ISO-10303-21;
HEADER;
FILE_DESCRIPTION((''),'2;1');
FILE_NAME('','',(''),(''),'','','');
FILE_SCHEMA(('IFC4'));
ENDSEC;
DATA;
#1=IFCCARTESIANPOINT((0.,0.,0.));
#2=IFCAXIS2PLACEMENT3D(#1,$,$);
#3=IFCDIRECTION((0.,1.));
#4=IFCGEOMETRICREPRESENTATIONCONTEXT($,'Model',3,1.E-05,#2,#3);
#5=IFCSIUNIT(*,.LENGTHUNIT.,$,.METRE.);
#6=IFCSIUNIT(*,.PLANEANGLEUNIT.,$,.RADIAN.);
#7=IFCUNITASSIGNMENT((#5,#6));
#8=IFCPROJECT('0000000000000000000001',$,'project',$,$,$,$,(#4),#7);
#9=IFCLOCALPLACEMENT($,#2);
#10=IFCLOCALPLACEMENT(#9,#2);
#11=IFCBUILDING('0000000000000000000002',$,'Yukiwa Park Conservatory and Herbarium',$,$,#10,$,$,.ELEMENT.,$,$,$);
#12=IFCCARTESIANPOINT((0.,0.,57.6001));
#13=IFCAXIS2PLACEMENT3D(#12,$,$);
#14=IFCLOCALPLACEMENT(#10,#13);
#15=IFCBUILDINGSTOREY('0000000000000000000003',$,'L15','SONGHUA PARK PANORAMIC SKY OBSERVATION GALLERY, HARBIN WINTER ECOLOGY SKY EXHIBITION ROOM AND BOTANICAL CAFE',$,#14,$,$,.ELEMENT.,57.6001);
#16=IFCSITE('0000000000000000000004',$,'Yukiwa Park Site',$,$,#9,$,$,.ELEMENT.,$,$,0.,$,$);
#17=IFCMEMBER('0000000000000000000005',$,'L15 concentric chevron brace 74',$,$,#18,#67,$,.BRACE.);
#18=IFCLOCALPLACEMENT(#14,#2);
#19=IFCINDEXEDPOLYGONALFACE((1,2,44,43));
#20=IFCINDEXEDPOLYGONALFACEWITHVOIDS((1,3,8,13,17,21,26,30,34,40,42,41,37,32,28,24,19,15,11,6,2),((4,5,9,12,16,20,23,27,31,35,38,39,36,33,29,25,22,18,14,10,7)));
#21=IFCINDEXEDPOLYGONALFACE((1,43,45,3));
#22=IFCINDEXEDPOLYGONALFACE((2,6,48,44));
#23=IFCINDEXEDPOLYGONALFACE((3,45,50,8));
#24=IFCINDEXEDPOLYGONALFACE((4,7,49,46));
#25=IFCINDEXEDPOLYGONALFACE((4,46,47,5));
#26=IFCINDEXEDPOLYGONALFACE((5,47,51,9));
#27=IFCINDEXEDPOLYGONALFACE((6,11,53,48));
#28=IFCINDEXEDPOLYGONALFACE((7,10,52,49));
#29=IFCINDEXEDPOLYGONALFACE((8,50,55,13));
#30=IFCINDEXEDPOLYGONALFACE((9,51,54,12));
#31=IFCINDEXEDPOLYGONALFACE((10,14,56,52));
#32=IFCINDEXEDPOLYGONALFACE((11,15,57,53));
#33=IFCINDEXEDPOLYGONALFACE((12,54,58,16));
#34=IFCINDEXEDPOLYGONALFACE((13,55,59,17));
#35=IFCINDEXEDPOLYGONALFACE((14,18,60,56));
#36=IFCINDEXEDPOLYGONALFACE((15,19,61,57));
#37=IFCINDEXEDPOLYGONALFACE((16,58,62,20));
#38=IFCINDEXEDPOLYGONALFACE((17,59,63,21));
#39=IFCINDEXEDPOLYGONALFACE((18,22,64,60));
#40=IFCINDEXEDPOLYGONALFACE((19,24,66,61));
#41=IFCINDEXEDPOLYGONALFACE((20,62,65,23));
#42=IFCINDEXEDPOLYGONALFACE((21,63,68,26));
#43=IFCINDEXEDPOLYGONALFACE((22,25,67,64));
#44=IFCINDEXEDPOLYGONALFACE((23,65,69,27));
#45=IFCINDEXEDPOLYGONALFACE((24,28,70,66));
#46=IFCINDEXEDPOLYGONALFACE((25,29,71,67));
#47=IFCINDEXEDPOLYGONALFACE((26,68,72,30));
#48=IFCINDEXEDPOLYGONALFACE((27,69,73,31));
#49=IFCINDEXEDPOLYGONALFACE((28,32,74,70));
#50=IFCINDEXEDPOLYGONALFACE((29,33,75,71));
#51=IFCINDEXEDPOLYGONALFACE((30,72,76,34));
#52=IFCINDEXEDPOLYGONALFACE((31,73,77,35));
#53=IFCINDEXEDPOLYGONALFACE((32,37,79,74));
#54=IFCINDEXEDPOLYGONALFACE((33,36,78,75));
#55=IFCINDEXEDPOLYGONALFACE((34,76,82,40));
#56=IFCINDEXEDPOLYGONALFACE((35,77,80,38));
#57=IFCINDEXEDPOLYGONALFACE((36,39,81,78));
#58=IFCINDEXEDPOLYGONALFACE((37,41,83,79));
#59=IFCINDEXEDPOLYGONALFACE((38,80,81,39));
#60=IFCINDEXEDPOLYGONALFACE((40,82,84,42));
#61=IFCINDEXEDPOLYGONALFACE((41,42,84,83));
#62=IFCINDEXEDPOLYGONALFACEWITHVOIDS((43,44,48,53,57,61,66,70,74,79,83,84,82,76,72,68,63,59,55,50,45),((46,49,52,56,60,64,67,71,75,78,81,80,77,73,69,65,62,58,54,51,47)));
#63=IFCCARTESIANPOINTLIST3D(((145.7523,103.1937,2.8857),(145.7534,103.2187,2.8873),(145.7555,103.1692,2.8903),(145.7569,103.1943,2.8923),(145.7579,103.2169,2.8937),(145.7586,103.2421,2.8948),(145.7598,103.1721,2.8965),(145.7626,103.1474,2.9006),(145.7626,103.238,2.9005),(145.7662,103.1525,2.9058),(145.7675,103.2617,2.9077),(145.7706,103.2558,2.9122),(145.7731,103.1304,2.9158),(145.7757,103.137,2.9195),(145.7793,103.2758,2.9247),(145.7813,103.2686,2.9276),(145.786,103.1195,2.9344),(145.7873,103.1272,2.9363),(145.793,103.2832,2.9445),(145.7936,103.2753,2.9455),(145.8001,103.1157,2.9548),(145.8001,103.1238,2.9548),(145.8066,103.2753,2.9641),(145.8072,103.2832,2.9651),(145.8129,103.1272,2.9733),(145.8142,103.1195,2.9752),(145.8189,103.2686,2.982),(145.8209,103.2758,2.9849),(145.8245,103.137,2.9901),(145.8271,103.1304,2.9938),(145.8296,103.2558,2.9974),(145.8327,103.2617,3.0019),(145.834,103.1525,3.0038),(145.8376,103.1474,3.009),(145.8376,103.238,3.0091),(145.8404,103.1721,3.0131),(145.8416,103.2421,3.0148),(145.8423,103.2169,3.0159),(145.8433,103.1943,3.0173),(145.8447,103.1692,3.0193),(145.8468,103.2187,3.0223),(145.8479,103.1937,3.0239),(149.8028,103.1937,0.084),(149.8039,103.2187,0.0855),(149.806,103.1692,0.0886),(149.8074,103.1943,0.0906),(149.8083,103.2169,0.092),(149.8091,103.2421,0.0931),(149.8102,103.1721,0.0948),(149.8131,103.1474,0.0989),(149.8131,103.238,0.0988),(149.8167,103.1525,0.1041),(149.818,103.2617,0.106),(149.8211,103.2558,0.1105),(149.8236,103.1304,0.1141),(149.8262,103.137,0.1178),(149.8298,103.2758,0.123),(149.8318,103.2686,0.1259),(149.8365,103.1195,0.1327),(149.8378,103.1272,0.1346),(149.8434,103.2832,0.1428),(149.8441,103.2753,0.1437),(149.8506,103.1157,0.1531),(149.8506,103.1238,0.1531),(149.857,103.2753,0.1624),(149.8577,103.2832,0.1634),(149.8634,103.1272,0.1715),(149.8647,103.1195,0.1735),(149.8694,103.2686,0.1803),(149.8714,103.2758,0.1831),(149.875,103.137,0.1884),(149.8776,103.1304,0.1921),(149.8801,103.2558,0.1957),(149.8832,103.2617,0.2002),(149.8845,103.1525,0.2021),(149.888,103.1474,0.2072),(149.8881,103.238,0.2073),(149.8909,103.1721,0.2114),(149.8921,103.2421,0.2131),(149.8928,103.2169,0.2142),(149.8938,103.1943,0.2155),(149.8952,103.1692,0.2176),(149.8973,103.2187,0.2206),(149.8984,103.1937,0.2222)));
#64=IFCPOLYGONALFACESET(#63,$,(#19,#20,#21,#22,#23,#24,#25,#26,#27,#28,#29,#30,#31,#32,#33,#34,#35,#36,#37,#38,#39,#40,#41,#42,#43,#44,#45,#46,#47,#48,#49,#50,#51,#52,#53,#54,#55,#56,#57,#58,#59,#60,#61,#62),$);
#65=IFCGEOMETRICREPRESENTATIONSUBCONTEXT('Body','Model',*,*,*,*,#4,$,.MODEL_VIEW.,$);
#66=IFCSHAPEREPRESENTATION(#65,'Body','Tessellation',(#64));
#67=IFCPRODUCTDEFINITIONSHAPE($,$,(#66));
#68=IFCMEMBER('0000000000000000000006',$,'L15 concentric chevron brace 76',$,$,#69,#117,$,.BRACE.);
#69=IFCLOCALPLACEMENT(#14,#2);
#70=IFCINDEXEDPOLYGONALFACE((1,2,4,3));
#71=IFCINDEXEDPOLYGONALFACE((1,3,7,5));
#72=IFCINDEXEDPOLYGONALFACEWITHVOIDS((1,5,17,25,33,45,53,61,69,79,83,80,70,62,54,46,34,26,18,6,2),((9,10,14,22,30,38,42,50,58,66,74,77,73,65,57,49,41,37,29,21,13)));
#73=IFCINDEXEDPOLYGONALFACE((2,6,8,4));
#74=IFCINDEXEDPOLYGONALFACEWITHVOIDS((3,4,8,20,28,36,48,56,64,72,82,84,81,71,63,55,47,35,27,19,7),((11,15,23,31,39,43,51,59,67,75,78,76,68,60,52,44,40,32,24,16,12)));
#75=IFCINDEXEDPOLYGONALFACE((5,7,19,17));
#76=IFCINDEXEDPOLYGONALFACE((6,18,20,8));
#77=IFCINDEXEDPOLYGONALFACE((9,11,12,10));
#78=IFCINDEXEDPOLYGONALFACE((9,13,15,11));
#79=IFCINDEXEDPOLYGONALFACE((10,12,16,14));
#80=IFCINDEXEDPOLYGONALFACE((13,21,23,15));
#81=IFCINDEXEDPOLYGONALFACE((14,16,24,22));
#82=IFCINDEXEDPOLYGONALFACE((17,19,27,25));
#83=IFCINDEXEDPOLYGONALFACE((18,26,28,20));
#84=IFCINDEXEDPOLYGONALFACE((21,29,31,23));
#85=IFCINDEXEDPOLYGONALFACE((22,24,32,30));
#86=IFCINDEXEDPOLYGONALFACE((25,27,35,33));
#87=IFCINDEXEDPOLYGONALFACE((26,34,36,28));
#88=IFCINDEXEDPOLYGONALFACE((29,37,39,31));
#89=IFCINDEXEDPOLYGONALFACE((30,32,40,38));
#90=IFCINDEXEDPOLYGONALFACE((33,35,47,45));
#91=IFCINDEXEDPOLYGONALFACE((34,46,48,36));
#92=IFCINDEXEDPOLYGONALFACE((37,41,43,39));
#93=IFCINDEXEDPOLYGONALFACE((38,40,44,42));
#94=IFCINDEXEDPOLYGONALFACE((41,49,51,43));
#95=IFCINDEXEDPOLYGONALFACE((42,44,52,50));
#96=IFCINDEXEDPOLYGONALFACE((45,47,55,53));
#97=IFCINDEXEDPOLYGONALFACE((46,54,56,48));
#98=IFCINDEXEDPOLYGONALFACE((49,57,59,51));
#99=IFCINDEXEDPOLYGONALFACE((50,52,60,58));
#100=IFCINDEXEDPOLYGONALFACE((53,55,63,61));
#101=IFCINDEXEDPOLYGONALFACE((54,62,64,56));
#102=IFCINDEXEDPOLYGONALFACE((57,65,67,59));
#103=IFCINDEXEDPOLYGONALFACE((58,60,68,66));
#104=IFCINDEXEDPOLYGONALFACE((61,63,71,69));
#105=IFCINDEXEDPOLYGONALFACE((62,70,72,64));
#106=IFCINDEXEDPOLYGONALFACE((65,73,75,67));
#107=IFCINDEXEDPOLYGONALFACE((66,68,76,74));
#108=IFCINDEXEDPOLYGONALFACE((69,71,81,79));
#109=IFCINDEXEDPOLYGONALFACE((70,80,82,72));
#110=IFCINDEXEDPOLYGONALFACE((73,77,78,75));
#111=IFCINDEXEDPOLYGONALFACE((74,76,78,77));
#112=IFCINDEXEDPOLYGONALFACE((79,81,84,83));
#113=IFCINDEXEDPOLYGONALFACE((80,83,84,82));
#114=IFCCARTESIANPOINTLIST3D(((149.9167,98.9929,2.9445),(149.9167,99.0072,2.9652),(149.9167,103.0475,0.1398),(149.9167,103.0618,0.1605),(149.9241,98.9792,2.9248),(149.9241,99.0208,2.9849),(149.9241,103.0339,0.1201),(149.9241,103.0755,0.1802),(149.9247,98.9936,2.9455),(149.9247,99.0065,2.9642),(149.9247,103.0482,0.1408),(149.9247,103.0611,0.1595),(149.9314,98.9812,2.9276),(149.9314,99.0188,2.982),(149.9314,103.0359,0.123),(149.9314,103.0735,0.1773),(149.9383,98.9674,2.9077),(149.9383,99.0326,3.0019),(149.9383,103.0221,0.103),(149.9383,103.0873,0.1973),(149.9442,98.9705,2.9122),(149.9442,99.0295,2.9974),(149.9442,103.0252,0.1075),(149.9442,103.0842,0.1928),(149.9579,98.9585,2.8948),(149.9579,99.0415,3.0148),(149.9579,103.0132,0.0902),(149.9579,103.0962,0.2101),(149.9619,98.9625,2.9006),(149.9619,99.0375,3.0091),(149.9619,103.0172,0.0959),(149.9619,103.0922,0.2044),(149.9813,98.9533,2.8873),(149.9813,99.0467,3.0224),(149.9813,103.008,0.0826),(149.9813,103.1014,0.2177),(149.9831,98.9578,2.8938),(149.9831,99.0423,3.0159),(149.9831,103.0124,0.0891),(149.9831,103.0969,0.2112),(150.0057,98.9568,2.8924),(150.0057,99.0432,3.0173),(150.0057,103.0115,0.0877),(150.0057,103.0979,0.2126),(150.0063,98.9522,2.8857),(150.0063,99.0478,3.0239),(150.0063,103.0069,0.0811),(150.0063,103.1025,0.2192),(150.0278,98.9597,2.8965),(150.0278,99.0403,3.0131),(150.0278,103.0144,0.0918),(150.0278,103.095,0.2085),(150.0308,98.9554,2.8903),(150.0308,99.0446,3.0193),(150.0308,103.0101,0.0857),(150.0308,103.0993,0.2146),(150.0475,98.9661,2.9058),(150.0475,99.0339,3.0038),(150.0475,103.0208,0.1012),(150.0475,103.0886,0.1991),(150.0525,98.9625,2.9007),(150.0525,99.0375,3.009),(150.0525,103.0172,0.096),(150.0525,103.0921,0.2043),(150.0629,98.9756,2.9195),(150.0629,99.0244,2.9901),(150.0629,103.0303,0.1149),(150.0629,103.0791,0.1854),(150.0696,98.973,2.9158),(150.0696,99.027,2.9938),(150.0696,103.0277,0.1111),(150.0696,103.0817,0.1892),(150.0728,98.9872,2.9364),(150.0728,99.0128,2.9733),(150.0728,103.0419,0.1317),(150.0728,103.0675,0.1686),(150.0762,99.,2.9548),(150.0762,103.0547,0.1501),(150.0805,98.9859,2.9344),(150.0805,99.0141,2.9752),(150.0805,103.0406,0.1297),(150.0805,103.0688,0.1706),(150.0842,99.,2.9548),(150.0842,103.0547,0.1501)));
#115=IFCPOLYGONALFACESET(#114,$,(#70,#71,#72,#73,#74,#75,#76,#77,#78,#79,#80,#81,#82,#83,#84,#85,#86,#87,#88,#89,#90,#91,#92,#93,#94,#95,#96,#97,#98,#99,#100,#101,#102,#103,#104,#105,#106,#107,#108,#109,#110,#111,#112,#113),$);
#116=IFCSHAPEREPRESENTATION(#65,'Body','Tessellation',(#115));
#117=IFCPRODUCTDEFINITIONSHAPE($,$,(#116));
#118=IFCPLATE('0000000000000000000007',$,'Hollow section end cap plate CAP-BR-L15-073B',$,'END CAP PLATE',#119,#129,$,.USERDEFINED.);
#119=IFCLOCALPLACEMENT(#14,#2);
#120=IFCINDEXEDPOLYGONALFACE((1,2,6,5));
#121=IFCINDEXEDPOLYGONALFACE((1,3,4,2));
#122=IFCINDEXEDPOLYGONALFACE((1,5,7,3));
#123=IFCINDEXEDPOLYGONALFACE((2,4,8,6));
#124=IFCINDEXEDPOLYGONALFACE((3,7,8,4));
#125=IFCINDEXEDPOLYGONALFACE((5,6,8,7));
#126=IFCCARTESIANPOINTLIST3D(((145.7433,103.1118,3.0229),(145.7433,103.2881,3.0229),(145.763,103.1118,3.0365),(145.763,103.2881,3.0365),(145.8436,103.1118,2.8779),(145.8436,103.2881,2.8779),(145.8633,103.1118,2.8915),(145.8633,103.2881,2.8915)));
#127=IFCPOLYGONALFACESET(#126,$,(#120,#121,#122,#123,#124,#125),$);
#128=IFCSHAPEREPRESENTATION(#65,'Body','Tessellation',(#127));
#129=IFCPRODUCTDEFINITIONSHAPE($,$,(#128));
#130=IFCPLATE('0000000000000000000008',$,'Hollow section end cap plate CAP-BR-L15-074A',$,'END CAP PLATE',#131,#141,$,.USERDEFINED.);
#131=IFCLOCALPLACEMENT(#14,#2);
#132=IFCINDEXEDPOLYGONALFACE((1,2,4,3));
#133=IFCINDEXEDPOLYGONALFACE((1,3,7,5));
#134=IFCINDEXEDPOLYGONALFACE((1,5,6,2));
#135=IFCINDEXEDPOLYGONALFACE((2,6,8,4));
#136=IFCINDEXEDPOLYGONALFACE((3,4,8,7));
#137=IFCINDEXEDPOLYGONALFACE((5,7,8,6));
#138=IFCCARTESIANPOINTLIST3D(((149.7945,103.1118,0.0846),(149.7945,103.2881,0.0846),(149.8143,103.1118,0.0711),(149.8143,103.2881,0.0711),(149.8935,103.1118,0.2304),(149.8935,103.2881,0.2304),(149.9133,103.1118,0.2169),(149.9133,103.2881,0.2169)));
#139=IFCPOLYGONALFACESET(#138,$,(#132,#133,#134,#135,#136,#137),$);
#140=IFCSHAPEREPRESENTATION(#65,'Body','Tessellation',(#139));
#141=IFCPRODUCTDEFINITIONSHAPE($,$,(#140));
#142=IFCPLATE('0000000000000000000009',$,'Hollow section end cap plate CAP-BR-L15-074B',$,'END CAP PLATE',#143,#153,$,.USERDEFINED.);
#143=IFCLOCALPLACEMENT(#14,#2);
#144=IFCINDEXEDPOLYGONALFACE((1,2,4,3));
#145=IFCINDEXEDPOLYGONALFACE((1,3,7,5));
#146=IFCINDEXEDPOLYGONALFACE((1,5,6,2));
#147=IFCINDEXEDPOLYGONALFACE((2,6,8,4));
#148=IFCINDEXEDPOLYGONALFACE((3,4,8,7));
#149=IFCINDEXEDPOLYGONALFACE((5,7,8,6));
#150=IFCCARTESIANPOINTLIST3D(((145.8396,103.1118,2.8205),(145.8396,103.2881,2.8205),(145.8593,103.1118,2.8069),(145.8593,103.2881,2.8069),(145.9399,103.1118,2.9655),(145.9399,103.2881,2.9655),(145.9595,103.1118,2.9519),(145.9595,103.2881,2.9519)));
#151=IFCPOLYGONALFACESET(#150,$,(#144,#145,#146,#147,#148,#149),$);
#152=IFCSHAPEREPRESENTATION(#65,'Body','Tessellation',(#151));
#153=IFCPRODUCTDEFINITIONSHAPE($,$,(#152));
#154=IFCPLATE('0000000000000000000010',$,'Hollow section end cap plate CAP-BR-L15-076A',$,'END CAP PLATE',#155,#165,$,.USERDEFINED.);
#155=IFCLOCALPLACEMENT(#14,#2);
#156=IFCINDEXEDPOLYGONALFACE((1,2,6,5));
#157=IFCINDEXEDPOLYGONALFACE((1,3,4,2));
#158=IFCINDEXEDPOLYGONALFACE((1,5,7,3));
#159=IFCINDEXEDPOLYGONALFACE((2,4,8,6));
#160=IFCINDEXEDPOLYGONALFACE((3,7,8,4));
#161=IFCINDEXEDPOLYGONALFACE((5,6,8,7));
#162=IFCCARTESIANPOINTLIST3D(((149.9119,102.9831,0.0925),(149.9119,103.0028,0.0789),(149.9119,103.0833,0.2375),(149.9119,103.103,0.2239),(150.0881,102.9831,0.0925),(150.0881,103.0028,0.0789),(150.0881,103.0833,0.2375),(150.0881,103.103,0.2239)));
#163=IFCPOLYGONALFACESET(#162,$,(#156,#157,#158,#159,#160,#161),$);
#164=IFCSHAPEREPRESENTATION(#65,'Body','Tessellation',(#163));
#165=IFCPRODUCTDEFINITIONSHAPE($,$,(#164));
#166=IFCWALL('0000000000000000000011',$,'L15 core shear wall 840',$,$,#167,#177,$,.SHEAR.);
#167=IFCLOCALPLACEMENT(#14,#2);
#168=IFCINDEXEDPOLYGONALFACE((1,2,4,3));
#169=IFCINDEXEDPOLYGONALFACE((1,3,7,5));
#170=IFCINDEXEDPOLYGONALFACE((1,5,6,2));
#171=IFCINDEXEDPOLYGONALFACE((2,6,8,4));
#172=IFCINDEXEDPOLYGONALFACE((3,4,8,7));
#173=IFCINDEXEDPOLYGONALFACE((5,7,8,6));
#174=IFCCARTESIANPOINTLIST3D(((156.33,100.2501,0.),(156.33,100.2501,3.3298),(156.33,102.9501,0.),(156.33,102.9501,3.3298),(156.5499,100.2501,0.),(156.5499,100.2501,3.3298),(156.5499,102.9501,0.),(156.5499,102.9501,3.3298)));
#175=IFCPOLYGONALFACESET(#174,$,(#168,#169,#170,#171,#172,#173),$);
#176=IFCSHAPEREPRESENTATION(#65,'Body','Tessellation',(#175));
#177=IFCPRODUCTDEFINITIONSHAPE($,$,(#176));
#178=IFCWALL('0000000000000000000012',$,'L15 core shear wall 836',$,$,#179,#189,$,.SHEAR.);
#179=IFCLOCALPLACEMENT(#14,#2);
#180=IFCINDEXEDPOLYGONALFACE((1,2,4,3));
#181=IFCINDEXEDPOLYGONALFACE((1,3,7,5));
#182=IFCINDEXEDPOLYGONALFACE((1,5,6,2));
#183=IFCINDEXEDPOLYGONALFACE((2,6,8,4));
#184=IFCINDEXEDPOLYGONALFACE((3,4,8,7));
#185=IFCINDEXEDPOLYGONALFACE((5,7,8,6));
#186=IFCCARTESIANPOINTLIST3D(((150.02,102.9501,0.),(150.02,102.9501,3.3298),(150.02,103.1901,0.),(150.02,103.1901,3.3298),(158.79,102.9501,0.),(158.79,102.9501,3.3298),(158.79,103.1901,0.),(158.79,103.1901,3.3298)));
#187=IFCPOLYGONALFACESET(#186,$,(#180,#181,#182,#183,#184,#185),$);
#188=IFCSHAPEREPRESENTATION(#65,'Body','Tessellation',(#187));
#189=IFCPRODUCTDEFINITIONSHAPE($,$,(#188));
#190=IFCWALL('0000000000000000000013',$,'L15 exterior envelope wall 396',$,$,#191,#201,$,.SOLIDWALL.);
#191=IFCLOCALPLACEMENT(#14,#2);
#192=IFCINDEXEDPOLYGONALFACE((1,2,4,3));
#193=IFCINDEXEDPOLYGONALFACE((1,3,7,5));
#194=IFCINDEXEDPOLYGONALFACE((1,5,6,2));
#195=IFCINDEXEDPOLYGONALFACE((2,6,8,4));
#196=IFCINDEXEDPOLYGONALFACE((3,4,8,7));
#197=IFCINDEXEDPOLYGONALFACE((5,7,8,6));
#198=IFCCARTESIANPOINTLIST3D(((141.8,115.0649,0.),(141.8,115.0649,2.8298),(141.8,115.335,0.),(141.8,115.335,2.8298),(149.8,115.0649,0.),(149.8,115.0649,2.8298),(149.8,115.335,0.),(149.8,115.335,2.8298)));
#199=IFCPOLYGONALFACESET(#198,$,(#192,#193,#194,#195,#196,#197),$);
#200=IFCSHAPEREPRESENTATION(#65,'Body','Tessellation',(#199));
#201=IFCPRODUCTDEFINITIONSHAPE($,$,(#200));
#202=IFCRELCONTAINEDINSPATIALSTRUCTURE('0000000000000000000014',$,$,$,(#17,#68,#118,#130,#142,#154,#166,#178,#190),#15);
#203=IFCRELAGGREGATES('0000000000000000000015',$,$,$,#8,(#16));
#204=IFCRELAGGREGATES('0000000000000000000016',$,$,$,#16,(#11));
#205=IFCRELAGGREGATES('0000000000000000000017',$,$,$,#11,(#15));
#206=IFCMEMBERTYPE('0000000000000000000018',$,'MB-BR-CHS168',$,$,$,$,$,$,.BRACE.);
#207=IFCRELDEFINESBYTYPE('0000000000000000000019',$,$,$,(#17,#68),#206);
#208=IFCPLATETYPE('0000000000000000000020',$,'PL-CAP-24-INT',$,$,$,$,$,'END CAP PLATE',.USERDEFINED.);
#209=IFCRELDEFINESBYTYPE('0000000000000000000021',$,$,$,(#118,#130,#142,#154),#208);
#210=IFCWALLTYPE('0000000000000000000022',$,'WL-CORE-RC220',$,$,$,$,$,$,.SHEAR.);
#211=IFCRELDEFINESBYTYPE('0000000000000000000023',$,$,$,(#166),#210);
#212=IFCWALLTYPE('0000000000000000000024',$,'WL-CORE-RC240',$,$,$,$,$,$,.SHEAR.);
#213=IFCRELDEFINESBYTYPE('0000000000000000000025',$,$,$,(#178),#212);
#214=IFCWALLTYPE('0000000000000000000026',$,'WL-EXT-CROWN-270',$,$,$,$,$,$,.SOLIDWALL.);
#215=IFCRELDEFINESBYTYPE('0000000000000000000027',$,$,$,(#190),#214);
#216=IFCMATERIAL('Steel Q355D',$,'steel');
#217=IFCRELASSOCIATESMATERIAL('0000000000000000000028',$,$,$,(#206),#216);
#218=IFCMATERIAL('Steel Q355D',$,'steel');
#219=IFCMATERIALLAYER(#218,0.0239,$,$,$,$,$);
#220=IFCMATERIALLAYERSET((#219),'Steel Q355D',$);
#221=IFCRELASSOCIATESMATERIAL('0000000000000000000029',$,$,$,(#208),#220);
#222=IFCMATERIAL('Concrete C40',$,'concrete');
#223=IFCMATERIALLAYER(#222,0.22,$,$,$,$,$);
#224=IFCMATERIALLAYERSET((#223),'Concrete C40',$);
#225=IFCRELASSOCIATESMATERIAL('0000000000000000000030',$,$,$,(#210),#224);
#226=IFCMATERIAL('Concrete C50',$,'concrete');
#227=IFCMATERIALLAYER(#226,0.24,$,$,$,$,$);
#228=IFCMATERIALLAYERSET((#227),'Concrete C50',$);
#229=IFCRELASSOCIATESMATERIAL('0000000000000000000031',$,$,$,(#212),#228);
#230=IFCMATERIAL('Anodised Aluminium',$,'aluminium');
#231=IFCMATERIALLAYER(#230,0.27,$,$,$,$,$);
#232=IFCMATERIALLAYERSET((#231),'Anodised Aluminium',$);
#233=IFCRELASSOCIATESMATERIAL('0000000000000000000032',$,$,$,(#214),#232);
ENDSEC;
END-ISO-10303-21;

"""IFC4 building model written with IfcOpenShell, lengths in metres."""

from ifc_helpers import new_model, si_unit, direction, frame, frame_2d, origin, origin_2d, place, context, subcontext, project, spatial, rectangle, hollow_circle, extrude, material, layer, layer_set, material_profile, profile_set, type_object, element, save


model = new_model("IFC4")

# Units and contexts
model_context = context("Model", 3, precision=1e-05, world=origin(), true_north=direction((0.0, 1.0)))
body_context = subcontext(model_context, "Body", "Model", "MODEL_VIEW")
ifc_project = project(units=[si_unit("LENGTHUNIT", "METRE"), si_unit("PLANEANGLEUNIT", "RADIAN")], contexts=[model_context])

# Site, building, storey
site_placement = place(None, origin())
site = spatial("IfcSite", under=ifc_project, at=site_placement, Name="Yukiwa Park Site", CompositionType="ELEMENT", RefElevation=0.0)
building_placement = place(site_placement, origin())
building = spatial("IfcBuilding", under=site, at=building_placement, Name="Yukiwa Park Conservatory and Herbarium", CompositionType="ELEMENT")
storey_placement = place(building_placement, frame((0.0, 0.0, 57.6001)))
storey = spatial("IfcBuildingStorey", under=building, at=storey_placement, Name="L15", Description="SONGHUA PARK PANORAMIC SKY OBSERVATION GALLERY, HARBIN WINTER ECOLOGY SKY EXHIBITION ROOM AND BOTANICAL CAFE", CompositionType="ELEMENT", Elevation=57.6001)

# Members
ifc_material_1 = material(Name="Steel Q355D", Category="steel")
ifc_material_profile_1 = material_profile(ifc_material_1, hollow_circle(Radius=0.0842, WallThickness=0.0081, at=origin_2d()), Name="CHS 168.3x8")
ifc_profile_set_1 = profile_set([ifc_material_profile_1], Name="Steel Q355D")
member_type = type_object("IfcMemberType", Name="MB-BR-CHS168", PredefinedType="BRACE", material=ifc_profile_set_1)
member_1_placement = place(storey_placement, frame((149.8506, 103.2, 0.1531), z_axis=(-0.822426, 0.0, 0.568872), x_axis=(0.0, -1.0, 0.0)))
element("IfcMember", 1, at=member_1_placement, inside=storey, type_object=member_type, Name="L15 concentric chevron brace 74", PredefinedType="BRACE", context=body_context, shape_type="SweptSolid", body=[
    extrude(hollow_circle(Radius=0.0842, WallThickness=0.0081, at=origin_2d()), origin(), (0.0, 0.0, 1.0), 4.925),
])
member_2_placement = place(storey_placement, frame((150.0, 103.0547, 0.1501), z_axis=(0.0, -0.82242, 0.56888), x_axis=(1.0, 0.0, 0.0)))
element("IfcMember", 2, at=member_2_placement, inside=storey, type_object=member_type, Name="L15 concentric chevron brace 76", PredefinedType="BRACE", context=body_context, shape_type="SweptSolid", body=[
    extrude(hollow_circle(Radius=0.0842, WallThickness=0.0081, at=origin_2d()), origin(), (0.0, 0.0, 1.0), 4.9302),
])

# Plates
ifc_material_2 = material(Name="Steel Q355D", Category="steel")
ifc_layer_1 = layer(ifc_material_2, 0.0239)
ifc_layer_set_1 = layer_set([ifc_layer_1], Name="Steel Q355D")
plate_type = type_object("IfcPlateType", Name="PL-CAP-24-INT", ElementType="END CAP PLATE", PredefinedType="USERDEFINED", material=ifc_layer_set_1)
for number, where, z_axis, x_axis, name in (
    (3, (145.7935, 103.2, 2.9504), (0.822558, 0.0, 0.568682), (0.0, 1.0, 0.0), "Hollow section end cap plate CAP-BR-L15-073B"),
    (4, (149.844, 103.2, 0.1575), (0.827306, 0.0, -0.561751), (0.0, 1.0, 0.0), "Hollow section end cap plate CAP-BR-L15-074A"),
    (5, (145.9094, 103.2, 2.8794), (-0.822558, 0.0, 0.568682), (0.0, -1.0, 0.0), "Hollow section end cap plate CAP-BR-L15-074B"),
    (6, (150.0, 103.0332, 0.165), (0.0, 0.822558, -0.568682), (-1.0, 0.0, 0.0), "Hollow section end cap plate CAP-BR-L15-076A"),
):
    element("IfcPlate", number, at=place(storey_placement, frame(where, z_axis=z_axis, x_axis=x_axis)), inside=storey, type_object=plate_type, Name=name, ObjectType="END CAP PLATE", PredefinedType="USERDEFINED", context=body_context, shape_type="SweptSolid", body=[
        extrude(rectangle(XDim=0.1763, YDim=0.1763, at=origin_2d()), origin(), (0.0, 0.0, 1.0), 0.0239),
    ])

# Wall
ifc_material_3 = material(Name="Concrete C40", Category="concrete")
ifc_layer_2 = layer(ifc_material_3, 0.22)
ifc_layer_set_2 = layer_set([ifc_layer_2], Name="Concrete C40")
wall_type_1 = type_object("IfcWallType", Name="WL-CORE-RC220", PredefinedType="SHEAR", material=ifc_layer_set_2)
wall_1_placement = place(storey_placement, frame((156.4399, 100.25, 0.0), z_axis=(0.0, 0.0, 1.0), x_axis=(0.0, 1.0, 0.0)))
element("IfcWall", 7, at=wall_1_placement, inside=storey, type_object=wall_type_1, Name="L15 core shear wall 840", PredefinedType="SHEAR", context=body_context, shape_type="SweptSolid", body=[
    extrude(rectangle(XDim=2.7, YDim=0.22, at=frame_2d((1.3501, 0.0))), origin(), (0.0, 0.0, 1.0), 3.3298),
])

# Walls
ifc_material_4 = material(Name="Concrete C50", Category="concrete")
ifc_layer_3 = layer(ifc_material_4, 0.24)
ifc_layer_set_3 = layer_set([ifc_layer_3], Name="Concrete C50")
wall_type_2 = type_object("IfcWallType", Name="WL-CORE-RC240", PredefinedType="SHEAR", material=ifc_layer_set_3)
wall_2_placement = place(storey_placement, frame((150.02, 103.0701, 0.0), z_axis=(0.0, 0.0, 1.0), x_axis=(1.0, 0.0, 0.0)))
element("IfcWall", 8, at=wall_2_placement, inside=storey, type_object=wall_type_2, Name="L15 core shear wall 836", PredefinedType="SHEAR", context=body_context, shape_type="SweptSolid", body=[
    extrude(rectangle(XDim=8.77, YDim=0.24, at=frame_2d((4.385, 0.0))), origin(), (0.0, 0.0, 1.0), 3.3298),
])
ifc_material_5 = material(Name="Anodised Aluminium", Category="aluminium")
ifc_layer_4 = layer(ifc_material_5, 0.27)
ifc_layer_set_4 = layer_set([ifc_layer_4], Name="Anodised Aluminium")
wall_type_3 = type_object("IfcWallType", Name="WL-EXT-CROWN-270", PredefinedType="SOLIDWALL", material=ifc_layer_set_4)
wall_3_placement = place(storey_placement, frame((149.8, 115.2, 0.0), z_axis=(0.0, 0.0, 1.0), x_axis=(-1.0, 0.0, 0.0)))
element("IfcWall", 9, at=wall_3_placement, inside=storey, type_object=wall_type_3, Name="L15 exterior envelope wall 396", PredefinedType="SOLIDWALL", context=body_context, shape_type="SweptSolid", body=[
    extrude(rectangle(XDim=8.0, YDim=0.27, at=frame_2d((4.0, 0.0))), origin(), (0.0, 0.0, 1.0), 2.8298),
])

save(model, "model.ifc")
